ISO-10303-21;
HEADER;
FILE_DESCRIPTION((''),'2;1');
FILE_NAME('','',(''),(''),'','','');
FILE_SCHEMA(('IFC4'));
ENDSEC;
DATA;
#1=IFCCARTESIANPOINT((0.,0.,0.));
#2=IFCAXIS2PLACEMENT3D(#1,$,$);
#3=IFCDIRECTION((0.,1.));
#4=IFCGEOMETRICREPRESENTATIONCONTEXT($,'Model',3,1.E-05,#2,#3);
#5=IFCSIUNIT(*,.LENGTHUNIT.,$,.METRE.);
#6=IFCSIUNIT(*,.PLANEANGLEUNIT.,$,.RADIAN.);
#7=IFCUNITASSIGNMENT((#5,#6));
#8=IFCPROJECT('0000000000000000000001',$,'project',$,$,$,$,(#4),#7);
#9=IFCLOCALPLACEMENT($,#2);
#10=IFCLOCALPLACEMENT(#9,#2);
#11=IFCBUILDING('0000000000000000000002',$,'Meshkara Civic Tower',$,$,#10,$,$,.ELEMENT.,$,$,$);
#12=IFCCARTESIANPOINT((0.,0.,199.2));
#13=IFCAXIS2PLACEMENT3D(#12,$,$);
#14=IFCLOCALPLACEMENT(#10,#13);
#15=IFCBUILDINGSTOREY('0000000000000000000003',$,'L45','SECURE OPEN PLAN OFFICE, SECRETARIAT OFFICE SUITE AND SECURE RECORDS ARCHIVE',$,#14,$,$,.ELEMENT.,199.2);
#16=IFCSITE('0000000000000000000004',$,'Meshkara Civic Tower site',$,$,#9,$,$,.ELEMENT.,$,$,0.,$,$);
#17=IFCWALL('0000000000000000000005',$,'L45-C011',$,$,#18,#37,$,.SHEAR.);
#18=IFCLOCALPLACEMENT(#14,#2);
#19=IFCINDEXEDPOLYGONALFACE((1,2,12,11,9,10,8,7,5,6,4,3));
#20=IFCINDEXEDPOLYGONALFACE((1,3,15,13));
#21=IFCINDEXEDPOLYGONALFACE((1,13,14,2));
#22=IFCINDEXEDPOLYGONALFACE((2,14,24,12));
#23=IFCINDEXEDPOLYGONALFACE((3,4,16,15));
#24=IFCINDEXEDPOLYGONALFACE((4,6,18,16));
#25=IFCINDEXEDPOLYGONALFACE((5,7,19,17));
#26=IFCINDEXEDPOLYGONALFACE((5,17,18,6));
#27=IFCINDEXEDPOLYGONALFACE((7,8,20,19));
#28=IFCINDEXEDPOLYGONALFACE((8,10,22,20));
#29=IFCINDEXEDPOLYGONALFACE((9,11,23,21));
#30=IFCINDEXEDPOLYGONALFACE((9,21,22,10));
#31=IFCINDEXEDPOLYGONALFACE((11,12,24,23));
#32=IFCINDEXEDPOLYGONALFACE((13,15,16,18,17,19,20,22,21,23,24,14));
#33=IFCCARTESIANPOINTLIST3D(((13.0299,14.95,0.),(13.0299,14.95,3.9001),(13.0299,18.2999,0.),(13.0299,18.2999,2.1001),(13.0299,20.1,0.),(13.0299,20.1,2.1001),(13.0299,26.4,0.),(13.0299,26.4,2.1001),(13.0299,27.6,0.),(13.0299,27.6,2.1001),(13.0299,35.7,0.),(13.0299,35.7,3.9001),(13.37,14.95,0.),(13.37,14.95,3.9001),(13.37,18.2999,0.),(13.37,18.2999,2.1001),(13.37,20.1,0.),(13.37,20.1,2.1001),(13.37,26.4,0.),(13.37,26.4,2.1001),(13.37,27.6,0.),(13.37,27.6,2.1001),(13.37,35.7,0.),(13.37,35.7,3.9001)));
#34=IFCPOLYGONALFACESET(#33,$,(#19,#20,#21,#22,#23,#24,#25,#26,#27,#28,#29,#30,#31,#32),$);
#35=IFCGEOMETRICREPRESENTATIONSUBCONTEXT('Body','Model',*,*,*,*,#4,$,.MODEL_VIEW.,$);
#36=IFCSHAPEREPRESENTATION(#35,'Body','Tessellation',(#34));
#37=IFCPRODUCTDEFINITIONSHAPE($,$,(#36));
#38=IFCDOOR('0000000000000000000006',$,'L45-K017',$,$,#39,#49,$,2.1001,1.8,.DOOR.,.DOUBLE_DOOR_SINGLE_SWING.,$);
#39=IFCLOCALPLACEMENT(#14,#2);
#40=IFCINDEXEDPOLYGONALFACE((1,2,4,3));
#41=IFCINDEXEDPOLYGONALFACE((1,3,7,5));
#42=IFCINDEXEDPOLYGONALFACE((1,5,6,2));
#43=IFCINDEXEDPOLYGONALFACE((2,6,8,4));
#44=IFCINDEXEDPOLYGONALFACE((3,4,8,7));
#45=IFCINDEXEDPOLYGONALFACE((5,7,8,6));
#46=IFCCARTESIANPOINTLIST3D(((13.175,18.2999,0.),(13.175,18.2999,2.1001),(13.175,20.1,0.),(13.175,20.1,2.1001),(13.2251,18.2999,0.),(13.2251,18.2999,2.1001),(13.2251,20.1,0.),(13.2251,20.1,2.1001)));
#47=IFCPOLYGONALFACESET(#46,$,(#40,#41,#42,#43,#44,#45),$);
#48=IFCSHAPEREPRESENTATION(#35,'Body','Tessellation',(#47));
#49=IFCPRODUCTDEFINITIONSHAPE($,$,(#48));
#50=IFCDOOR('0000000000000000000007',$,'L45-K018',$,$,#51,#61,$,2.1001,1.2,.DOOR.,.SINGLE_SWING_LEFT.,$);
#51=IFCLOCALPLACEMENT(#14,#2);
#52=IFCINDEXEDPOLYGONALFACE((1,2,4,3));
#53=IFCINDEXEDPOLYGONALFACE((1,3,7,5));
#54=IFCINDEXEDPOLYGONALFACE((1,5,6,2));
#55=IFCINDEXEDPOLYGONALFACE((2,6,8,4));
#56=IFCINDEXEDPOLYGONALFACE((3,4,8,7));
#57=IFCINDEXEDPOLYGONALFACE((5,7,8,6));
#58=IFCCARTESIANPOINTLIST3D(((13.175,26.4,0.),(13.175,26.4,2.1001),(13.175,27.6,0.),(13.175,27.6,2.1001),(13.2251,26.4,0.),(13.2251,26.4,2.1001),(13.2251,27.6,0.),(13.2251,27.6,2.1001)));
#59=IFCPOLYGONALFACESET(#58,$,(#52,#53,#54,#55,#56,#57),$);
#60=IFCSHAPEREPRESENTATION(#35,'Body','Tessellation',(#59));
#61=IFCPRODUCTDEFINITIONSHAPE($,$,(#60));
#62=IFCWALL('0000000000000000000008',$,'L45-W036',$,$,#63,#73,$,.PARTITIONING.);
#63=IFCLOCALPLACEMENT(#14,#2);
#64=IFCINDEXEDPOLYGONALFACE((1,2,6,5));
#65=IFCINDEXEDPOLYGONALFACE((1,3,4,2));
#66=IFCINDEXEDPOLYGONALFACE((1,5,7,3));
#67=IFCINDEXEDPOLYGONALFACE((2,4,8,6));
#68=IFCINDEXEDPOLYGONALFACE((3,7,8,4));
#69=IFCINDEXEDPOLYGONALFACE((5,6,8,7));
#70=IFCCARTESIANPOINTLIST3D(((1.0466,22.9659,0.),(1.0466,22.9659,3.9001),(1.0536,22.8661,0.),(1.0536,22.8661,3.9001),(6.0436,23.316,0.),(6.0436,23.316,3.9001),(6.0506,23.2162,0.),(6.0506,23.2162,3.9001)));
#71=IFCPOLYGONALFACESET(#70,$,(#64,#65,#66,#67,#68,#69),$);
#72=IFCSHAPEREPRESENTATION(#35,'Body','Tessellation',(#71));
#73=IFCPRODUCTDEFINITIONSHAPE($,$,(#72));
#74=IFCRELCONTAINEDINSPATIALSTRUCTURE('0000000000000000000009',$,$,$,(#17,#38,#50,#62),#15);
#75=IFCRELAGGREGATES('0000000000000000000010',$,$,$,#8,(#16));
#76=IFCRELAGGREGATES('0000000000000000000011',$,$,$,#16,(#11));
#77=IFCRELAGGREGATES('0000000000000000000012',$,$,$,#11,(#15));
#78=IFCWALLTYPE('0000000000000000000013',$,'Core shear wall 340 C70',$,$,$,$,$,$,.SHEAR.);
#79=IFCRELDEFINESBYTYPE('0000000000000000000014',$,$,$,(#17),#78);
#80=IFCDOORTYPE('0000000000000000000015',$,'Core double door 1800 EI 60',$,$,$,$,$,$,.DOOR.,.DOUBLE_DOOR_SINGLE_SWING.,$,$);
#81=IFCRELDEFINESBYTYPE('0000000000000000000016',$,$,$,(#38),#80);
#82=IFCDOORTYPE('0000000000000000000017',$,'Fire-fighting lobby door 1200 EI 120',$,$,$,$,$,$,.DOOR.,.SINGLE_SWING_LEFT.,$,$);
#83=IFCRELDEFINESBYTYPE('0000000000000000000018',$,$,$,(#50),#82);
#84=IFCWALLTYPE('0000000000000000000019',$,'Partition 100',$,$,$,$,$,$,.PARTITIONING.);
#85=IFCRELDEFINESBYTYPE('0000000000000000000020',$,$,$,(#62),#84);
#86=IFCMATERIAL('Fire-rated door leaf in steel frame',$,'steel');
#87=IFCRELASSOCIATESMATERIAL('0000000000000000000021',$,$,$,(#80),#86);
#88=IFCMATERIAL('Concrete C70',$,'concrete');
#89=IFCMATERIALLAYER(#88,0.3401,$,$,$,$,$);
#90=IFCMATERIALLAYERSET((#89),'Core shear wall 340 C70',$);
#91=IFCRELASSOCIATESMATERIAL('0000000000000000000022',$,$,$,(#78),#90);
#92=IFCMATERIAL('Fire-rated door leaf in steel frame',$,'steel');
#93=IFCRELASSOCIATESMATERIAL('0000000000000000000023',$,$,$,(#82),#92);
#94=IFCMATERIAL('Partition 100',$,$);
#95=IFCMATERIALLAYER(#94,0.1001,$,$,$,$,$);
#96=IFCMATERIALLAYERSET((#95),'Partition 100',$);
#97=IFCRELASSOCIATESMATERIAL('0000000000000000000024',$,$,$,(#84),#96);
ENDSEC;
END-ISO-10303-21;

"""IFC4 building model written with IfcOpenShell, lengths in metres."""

from ifc_helpers import new_model, si_unit, direction, frame, frame_2d, origin, place, context, subcontext, project, spatial, rectangle, extrude, material, layer, layer_set, type_object, element, fill, save


model = new_model("IFC4")

# Units and contexts
model_context = context("Model", 3, precision=1e-05, world=origin(), true_north=direction((0.0, 1.0)))
body_context = subcontext(model_context, "Body", "Model", "MODEL_VIEW")
ifc_project = project(units=[si_unit("LENGTHUNIT", "METRE"), si_unit("PLANEANGLEUNIT", "RADIAN")], contexts=[model_context])

# Site, building, storey
site_placement = place(None, origin())
site = spatial("IfcSite", under=ifc_project, at=site_placement, Name="Meshkara Civic Tower site", CompositionType="ELEMENT", RefElevation=0.0)
building_placement = place(site_placement, origin())
building = spatial("IfcBuilding", under=site, at=building_placement, Name="Meshkara Civic Tower", CompositionType="ELEMENT")
storey_placement = place(building_placement, frame((0.0, 0.0, 199.2)))
storey = spatial("IfcBuildingStorey", under=building, at=storey_placement, Name="L45", Description="SECURE OPEN PLAN OFFICE, SECRETARIAT OFFICE SUITE AND SECURE RECORDS ARCHIVE", CompositionType="ELEMENT", Elevation=199.2)

# Shared definitions
ifc_material_1 = material(Name="Fire-rated door leaf in steel frame", Category="steel")
door_type_1 = type_object("IfcDoorType", Name="Core double door 1800 EI 60", OperationType="DOUBLE_DOOR_SINGLE_SWING", PredefinedType="DOOR", material=ifc_material_1)

# Shared definitions
ifc_material_2 = material(Name="Concrete C70", Category="concrete")
ifc_layer_1 = layer(ifc_material_2, 0.3401)
ifc_layer_set_1 = layer_set([ifc_layer_1], Name="Core shear wall 340 C70")
wall_type_1 = type_object("IfcWallType", Name="Core shear wall 340 C70", PredefinedType="SHEAR", material=ifc_layer_set_1)

# Wall, openings, doors
wall_1_placement = place(storey_placement, frame((13.2, 14.95, 0.0), z_axis=(0.0, 0.0, 1.0), x_axis=(0.0, 1.0, 0.0)))
wall_1 = element("IfcWall", 1, at=wall_1_placement, inside=storey, type_object=wall_type_1, Name="L45-C011", PredefinedType="SHEAR", context=body_context, shape_type="SweptSolid", body=[
    extrude(rectangle(XDim=20.75, YDim=0.3401, at=frame_2d((10.375, 0.0))), origin(), (0.0, 0.0, 1.0), 3.9001),
])
opening_1_placement = place(wall_1_placement, frame((3.3501, 0.0, 0.0)))
opening_1 = element("IfcOpeningElement", 2, at=opening_1_placement, cuts=wall_1, PredefinedType="OPENING", context=body_context, shape_type="SweptSolid", body=[
    extrude(rectangle(XDim=1.8, YDim=2.1001, at=frame_2d((0.8999, 1.05))), frame((0.0, 0.1799, 0.0), z_axis=(0.0, -1.0, 0.0), x_axis=(1.0, 0.0, 0.0)), (0.0, 0.0, 1.0), 0.3601),
])
opening_2_placement = place(wall_1_placement, frame((11.45, 0.0, 0.0)))
opening_2 = element("IfcOpeningElement", 3, at=opening_2_placement, cuts=wall_1, PredefinedType="OPENING", context=body_context, shape_type="SweptSolid", body=[
    extrude(rectangle(XDim=1.2, YDim=2.1001, at=frame_2d((0.6001, 1.05))), frame((0.0, 0.1799, 0.0), z_axis=(0.0, -1.0, 0.0), x_axis=(1.0, 0.0, 0.0)), (0.0, 0.0, 1.0), 0.3601),
])
door_1_placement = place(opening_1_placement, origin())
door_1 = element("IfcDoor", 4, at=door_1_placement, inside=storey, type_object=door_type_1, Name="L45-K017", OperationType="DOUBLE_DOOR_SINGLE_SWING", OverallHeight=2.1001, OverallWidth=1.8, PredefinedType="DOOR", context=body_context, shape_type="SweptSolid", body=[
    extrude(rectangle(XDim=1.8, YDim=2.1001, at=frame_2d((0.8999, 1.05))), frame((0.0, 0.0249, 0.0), z_axis=(0.0, -1.0, 0.0), x_axis=(1.0, 0.0, 0.0)), (0.0, 0.0, 1.0), 0.05),
])
fill(opening_1, door_1)
ifc_material_3 = material(Name="Fire-rated door leaf in steel frame", Category="steel")
door_type_2 = type_object("IfcDoorType", Name="Fire-fighting lobby door 1200 EI 120", OperationType="SINGLE_SWING_LEFT", PredefinedType="DOOR", material=ifc_material_3)
door_2_placement = place(opening_2_placement, origin())
door_2 = element("IfcDoor", 5, at=door_2_placement, inside=storey, type_object=door_type_2, Name="L45-K018", OperationType="SINGLE_SWING_LEFT", OverallHeight=2.1001, OverallWidth=1.2, PredefinedType="DOOR", context=body_context, shape_type="SweptSolid", body=[
    extrude(rectangle(XDim=1.2, YDim=2.1001, at=frame_2d((0.6001, 1.05))), frame((0.0, 0.0249, 0.0), z_axis=(0.0, -1.0, 0.0), x_axis=(1.0, 0.0, 0.0)), (0.0, 0.0, 1.0), 0.05),
])
fill(opening_2, door_2)

# Wall
ifc_material_4 = material(Name="Partition 100")
ifc_layer_2 = layer(ifc_material_4, 0.1001)
ifc_layer_set_2 = layer_set([ifc_layer_2], Name="Partition 100")
wall_type_2 = type_object("IfcWallType", Name="Partition 100", PredefinedType="PARTITIONING", material=ifc_layer_set_2)
wall_2_placement = place(storey_placement, frame((6.0471, 23.2661, 0.0), z_axis=(0.0, 0.0, 1.0), x_axis=(-0.997555, -0.069889, 0.0)))
element("IfcWall", 6, at=wall_2_placement, inside=storey, type_object=wall_type_2, Name="L45-W036", PredefinedType="PARTITIONING", context=body_context, shape_type="SweptSolid", body=[
    extrude(rectangle(XDim=5.0093, YDim=0.1001, at=frame_2d((2.5046, 0.0))), origin(), (0.0, 0.0, 1.0), 3.9001),
])

save(model, "model.ifc")
